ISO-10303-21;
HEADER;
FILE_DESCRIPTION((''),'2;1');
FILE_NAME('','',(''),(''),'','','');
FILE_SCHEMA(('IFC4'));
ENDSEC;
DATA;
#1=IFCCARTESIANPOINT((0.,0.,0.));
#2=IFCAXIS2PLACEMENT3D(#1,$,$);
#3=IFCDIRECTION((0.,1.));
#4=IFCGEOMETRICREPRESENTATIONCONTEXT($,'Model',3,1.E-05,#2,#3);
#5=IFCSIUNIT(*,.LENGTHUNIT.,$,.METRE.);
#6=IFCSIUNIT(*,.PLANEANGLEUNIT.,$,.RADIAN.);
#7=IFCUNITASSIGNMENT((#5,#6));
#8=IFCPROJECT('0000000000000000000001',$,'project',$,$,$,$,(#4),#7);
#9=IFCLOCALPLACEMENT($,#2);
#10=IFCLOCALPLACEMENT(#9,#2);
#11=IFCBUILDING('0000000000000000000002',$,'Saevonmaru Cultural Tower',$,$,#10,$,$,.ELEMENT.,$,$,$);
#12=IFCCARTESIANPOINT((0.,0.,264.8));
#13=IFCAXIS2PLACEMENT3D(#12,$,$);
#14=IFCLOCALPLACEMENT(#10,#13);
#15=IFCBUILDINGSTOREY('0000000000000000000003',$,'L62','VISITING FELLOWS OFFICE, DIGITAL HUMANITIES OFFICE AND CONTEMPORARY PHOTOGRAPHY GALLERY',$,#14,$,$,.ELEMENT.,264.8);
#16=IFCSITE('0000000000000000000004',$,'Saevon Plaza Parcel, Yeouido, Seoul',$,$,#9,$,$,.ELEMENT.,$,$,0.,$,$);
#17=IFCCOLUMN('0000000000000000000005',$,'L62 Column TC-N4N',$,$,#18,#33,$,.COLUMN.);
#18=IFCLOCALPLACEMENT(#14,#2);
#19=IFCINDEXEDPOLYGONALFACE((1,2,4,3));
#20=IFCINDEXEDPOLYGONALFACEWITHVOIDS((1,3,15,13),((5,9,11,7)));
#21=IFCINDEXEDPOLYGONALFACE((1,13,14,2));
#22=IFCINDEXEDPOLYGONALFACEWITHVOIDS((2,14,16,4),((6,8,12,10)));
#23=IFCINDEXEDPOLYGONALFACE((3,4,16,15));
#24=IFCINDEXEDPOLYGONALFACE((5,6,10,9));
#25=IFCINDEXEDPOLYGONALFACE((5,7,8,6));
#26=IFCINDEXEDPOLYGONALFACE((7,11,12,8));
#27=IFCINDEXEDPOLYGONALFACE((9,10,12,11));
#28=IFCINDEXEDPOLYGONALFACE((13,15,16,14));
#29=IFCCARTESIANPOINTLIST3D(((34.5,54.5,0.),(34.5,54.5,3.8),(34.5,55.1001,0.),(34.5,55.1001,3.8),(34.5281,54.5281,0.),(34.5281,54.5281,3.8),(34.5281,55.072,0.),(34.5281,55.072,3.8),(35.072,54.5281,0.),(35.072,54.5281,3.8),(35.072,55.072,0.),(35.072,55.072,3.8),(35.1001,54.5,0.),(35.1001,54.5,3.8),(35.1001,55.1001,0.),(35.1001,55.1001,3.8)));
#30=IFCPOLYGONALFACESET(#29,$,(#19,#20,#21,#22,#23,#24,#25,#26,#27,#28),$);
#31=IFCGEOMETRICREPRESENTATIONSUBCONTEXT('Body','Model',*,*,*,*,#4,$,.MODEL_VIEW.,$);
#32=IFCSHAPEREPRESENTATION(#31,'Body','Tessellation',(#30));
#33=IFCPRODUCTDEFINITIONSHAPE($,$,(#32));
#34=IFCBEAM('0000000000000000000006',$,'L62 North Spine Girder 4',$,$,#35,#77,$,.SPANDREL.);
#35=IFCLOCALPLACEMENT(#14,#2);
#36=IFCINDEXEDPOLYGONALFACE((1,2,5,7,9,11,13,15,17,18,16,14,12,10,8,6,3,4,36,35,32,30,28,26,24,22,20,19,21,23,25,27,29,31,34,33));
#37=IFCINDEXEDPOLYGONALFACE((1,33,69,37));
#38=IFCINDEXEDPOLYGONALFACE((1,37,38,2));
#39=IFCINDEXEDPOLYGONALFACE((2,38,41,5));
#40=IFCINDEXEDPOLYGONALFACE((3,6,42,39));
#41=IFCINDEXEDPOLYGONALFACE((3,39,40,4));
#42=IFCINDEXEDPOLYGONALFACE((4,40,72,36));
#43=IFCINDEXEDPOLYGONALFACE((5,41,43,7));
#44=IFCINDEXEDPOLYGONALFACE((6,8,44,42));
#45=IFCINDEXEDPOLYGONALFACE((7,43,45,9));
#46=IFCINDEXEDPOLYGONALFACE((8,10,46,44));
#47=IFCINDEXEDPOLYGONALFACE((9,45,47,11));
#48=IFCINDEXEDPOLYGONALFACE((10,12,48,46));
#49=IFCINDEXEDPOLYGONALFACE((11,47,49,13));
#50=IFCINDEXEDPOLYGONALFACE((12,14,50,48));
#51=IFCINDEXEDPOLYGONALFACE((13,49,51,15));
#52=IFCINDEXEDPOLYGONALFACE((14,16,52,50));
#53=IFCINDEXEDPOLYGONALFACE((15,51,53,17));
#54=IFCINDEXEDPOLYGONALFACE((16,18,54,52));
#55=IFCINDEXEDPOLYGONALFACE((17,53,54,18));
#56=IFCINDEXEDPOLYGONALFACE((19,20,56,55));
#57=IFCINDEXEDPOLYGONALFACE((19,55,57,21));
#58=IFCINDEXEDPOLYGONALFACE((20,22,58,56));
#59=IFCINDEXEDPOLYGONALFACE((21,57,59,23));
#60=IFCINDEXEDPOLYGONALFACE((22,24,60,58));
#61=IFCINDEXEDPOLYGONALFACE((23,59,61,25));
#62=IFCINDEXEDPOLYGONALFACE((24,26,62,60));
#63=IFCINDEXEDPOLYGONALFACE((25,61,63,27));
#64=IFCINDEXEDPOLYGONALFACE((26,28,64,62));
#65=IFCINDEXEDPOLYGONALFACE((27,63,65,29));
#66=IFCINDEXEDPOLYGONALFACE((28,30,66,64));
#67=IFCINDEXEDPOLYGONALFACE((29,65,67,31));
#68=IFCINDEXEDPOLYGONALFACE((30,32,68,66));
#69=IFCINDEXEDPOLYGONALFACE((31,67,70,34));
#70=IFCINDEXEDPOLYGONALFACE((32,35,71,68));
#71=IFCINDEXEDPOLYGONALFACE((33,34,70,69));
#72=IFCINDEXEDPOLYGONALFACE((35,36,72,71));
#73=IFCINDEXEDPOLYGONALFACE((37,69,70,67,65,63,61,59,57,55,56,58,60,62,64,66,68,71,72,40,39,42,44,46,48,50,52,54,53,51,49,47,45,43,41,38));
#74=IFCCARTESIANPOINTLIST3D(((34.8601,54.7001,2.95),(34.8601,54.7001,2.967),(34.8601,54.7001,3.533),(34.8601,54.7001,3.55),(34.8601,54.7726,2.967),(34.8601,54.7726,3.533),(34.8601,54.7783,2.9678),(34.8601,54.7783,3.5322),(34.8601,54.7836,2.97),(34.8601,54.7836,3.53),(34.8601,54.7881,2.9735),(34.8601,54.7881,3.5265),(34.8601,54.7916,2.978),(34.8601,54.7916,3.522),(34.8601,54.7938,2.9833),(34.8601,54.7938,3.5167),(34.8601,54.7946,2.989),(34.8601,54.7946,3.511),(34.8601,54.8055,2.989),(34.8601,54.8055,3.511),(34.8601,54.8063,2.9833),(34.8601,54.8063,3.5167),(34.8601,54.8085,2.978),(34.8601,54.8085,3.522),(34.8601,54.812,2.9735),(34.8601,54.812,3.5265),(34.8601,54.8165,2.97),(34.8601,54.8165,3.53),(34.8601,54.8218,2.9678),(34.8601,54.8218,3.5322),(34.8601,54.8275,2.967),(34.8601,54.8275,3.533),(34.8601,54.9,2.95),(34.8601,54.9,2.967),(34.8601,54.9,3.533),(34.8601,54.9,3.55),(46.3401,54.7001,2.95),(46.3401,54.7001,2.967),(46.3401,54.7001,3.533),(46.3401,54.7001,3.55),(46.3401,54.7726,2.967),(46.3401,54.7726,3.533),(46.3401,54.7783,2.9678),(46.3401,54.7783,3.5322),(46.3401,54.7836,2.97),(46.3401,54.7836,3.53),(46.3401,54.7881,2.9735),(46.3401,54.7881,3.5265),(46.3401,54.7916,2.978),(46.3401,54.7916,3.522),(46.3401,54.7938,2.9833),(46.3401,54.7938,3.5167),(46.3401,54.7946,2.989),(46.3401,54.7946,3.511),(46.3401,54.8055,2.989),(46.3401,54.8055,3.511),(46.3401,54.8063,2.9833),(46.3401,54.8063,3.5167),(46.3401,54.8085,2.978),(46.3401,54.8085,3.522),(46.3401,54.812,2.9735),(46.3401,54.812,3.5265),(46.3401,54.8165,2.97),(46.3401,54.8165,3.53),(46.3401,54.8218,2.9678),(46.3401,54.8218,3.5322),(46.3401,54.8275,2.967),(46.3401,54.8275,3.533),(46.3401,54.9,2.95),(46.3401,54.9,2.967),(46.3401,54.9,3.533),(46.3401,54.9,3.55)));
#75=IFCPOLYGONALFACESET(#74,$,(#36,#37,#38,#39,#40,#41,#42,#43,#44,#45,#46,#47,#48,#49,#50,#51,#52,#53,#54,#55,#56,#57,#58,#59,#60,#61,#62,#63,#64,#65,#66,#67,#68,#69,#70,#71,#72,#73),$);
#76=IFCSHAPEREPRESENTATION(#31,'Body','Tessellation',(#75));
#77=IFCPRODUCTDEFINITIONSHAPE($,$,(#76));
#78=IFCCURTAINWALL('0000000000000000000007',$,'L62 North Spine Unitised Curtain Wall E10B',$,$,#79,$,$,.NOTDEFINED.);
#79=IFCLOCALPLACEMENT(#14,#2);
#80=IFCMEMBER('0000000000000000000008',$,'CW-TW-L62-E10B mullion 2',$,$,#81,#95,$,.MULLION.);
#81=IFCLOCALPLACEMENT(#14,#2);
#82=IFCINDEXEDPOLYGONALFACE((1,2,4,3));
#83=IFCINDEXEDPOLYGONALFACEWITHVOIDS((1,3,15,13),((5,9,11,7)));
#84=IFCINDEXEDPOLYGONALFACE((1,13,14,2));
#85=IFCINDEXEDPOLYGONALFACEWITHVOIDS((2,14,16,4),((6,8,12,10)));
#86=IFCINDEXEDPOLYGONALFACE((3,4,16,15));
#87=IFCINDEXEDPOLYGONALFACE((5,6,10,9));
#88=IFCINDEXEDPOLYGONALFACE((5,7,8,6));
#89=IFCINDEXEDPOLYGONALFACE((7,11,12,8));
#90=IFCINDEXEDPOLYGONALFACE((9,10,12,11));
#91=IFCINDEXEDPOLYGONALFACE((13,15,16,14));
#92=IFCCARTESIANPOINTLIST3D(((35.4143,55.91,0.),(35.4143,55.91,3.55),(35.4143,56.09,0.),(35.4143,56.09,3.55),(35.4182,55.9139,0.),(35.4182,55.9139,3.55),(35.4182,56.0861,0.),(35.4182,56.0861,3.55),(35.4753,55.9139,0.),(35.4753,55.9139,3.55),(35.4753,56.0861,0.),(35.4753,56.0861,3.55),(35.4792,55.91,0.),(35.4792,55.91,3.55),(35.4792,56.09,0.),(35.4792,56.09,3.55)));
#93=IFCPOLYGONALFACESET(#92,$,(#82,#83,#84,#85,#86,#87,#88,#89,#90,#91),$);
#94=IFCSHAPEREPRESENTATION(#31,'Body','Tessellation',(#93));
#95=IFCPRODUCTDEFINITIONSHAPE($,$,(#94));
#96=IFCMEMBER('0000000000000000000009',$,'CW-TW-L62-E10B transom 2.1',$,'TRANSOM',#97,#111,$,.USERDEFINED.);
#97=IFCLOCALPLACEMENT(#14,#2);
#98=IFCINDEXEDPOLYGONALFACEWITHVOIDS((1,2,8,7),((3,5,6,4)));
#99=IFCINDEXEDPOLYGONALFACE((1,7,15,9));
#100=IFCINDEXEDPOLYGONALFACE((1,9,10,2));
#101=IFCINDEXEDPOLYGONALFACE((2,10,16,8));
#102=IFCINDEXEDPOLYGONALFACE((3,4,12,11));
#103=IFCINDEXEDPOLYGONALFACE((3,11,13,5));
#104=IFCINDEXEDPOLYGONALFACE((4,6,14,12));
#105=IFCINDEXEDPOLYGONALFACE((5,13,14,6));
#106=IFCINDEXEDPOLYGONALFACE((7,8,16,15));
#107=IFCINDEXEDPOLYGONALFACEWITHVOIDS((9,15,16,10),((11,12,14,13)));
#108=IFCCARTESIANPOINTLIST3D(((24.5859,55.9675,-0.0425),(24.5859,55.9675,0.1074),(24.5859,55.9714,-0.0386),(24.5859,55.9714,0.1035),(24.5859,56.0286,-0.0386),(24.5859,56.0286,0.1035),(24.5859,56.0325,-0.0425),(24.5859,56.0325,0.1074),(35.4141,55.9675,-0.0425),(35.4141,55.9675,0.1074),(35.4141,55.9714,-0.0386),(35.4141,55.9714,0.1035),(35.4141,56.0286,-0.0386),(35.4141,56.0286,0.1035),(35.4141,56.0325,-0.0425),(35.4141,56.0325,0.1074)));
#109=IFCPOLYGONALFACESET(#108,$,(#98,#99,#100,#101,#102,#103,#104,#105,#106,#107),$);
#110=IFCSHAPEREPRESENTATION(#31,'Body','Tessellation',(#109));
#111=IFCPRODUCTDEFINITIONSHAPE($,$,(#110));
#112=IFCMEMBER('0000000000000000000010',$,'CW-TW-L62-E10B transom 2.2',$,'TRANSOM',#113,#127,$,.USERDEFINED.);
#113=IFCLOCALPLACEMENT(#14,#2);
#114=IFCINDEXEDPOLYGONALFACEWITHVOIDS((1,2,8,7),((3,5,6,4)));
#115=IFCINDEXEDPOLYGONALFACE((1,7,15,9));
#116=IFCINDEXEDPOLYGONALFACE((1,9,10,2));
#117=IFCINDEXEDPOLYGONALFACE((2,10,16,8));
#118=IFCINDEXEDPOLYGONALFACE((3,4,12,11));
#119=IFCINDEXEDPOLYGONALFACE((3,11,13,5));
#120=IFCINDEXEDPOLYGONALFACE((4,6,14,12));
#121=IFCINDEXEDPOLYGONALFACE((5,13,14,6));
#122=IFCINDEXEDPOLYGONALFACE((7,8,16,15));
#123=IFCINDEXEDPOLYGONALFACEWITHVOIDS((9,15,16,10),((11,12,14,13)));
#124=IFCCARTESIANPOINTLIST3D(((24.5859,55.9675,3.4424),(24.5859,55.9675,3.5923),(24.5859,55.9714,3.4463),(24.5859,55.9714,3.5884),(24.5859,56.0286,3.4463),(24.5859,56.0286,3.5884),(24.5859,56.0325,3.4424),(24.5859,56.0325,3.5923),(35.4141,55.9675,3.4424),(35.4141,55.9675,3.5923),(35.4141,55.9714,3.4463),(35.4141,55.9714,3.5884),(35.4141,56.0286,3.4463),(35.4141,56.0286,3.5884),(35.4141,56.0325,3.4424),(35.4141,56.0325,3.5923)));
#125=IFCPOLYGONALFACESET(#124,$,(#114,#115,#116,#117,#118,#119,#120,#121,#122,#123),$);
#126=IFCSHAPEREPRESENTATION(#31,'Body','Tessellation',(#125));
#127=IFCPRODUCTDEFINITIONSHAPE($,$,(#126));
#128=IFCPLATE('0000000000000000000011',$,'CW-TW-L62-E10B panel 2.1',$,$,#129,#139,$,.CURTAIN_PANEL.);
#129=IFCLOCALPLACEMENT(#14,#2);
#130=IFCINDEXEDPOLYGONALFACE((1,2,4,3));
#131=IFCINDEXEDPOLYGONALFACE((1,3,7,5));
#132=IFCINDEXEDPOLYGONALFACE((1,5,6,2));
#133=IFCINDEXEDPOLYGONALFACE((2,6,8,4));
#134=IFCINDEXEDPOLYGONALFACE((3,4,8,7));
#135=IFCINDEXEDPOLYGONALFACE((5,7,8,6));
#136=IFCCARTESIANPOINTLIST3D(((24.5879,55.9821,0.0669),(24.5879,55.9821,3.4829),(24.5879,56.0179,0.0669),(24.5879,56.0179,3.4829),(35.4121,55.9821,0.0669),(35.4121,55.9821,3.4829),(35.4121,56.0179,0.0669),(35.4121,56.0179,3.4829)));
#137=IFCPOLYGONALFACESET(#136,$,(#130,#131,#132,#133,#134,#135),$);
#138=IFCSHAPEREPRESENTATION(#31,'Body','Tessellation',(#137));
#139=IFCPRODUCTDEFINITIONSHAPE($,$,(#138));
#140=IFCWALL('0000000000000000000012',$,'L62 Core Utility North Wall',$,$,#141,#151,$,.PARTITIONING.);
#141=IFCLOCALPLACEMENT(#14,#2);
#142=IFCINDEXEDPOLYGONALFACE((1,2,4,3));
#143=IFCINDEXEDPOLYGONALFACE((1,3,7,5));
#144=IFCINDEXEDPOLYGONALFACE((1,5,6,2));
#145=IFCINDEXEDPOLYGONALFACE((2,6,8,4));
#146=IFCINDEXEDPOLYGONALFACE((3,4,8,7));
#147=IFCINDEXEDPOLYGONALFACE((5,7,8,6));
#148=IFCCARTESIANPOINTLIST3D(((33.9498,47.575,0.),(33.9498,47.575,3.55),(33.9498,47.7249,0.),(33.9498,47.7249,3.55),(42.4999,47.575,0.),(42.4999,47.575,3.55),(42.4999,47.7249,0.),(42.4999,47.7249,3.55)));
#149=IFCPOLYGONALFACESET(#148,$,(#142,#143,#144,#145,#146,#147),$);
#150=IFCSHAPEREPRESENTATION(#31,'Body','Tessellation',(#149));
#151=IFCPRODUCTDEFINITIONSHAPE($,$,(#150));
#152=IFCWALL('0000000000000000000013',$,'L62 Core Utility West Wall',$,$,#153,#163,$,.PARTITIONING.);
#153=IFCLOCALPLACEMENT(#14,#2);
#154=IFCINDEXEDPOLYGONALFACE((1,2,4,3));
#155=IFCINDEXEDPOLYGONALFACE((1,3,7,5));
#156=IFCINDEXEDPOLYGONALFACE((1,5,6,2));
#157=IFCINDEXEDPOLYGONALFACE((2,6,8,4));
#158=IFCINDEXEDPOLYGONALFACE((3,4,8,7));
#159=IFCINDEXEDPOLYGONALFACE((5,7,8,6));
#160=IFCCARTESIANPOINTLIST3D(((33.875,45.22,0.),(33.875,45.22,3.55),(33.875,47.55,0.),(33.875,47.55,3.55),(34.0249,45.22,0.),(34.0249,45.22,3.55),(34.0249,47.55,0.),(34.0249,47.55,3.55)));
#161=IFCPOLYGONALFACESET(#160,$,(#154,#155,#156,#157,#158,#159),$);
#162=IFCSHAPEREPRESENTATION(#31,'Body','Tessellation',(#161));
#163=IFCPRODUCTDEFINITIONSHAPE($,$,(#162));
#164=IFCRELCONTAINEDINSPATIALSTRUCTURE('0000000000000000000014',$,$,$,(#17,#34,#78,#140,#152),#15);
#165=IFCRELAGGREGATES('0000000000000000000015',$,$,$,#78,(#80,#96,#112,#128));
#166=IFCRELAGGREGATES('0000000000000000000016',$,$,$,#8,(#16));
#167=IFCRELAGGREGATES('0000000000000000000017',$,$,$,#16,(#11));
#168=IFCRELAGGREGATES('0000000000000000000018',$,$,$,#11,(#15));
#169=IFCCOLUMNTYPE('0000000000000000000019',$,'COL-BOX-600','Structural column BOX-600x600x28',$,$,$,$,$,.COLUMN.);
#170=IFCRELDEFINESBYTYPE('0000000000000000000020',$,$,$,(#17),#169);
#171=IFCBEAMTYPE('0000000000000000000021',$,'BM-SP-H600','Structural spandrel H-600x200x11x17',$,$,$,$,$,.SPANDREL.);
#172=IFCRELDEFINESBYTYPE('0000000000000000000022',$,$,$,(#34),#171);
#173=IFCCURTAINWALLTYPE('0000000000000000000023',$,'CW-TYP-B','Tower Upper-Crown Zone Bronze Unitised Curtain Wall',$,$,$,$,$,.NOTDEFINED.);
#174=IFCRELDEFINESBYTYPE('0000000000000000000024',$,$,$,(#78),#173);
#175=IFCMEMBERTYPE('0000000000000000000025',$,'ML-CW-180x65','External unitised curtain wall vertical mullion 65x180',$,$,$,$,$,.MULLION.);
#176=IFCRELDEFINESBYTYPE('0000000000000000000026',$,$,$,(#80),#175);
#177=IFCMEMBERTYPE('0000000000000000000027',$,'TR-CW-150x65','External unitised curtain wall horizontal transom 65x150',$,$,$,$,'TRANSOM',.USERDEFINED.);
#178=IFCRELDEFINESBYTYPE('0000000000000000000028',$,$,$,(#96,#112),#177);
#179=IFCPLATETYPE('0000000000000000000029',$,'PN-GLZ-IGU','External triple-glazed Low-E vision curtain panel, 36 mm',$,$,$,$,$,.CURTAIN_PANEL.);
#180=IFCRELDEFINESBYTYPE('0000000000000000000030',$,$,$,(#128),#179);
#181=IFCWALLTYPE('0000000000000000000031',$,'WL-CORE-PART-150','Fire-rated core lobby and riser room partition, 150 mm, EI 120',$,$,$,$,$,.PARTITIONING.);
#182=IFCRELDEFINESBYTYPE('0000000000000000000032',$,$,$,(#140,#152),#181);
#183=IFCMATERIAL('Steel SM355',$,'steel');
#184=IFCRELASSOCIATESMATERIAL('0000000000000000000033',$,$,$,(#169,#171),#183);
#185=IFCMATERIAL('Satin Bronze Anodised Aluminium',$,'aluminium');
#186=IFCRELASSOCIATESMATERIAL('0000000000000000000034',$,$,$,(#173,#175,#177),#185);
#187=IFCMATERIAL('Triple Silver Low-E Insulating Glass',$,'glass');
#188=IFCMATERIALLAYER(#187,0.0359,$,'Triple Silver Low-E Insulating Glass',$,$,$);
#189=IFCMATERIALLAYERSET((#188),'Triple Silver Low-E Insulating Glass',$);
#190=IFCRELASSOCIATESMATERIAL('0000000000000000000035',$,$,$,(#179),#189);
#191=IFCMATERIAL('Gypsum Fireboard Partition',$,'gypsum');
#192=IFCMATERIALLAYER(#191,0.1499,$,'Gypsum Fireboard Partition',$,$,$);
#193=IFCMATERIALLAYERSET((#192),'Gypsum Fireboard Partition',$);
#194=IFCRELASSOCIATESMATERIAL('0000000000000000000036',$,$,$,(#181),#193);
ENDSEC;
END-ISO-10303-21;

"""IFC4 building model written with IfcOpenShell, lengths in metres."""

from ifc_helpers import new_model, si_unit, direction, frame, frame_2d, origin, origin_2d, place, context, subcontext, project, spatial, rectangle, hollow_rectangle, i_section, extrude, material, layer, layer_set, material_profile, profile_set, type_object, element, aggregate, save


model = new_model("IFC4")

# Units and contexts
model_context = context("Model", 3, precision=1e-05, world=origin(), true_north=direction((0.0, 1.0)))
body_context = subcontext(model_context, "Body", "Model", "MODEL_VIEW")
ifc_project = project(units=[si_unit("LENGTHUNIT", "METRE"), si_unit("PLANEANGLEUNIT", "RADIAN")], contexts=[model_context])

# Site, building, storey
site_placement = place(None, origin())
site = spatial("IfcSite", under=ifc_project, at=site_placement, Name="Saevon Plaza Parcel, Yeouido, Seoul", CompositionType="ELEMENT", RefElevation=0.0)
building_placement = place(site_placement, origin())
building = spatial("IfcBuilding", under=site, at=building_placement, Name="Saevonmaru Cultural Tower", CompositionType="ELEMENT")
storey_placement = place(building_placement, frame((0.0, 0.0, 264.8)))
storey = spatial("IfcBuildingStorey", under=building, at=storey_placement, Name="L62", Description="VISITING FELLOWS OFFICE, DIGITAL HUMANITIES OFFICE AND CONTEMPORARY PHOTOGRAPHY GALLERY", CompositionType="ELEMENT", Elevation=264.8)

# Column
ifc_material_1 = material(Name="Steel SM355", Category="steel")
ifc_material_profile_1 = material_profile(ifc_material_1, hollow_rectangle(XDim=0.6001, YDim=0.6001, WallThickness=0.0281, at=origin_2d()), Name="BOX-600x600x28")
ifc_profile_set_1 = profile_set([ifc_material_profile_1], Name="Steel SM355")
column_type = type_object("IfcColumnType", Name="COL-BOX-600", Description="Structural column BOX-600x600x28", PredefinedType="COLUMN", material=ifc_profile_set_1)
column_placement = place(storey_placement, frame((34.8, 54.8, 0.0), z_axis=(0.0, 0.0, 1.0), x_axis=(1.0, 0.0, 0.0)))
element("IfcColumn", 1, at=column_placement, inside=storey, type_object=column_type, Name="L62 Column TC-N4N", PredefinedType="COLUMN", context=body_context, shape_type="SweptSolid", body=[
    extrude(hollow_rectangle(XDim=0.6001, YDim=0.6001, WallThickness=0.0281, at=origin_2d()), origin(), (0.0, 0.0, 1.0), 3.8),
])

# Beam
ifc_material_profile_2 = material_profile(ifc_material_1, i_section(OverallWidth=0.2, OverallDepth=0.6001, WebThickness=0.011, FlangeThickness=0.0171, FilletRadius=0.022, at=origin_2d()), Name="H-600x200x11x17")
ifc_profile_set_2 = profile_set([ifc_material_profile_2], Name="Steel SM355")
beam_type = type_object("IfcBeamType", Name="BM-SP-H600", Description="Structural spandrel H-600x200x11x17", PredefinedType="SPANDREL", material=ifc_profile_set_2)
beam_placement = place(storey_placement, frame((34.8601, 54.8, 3.25), z_axis=(1.0, 0.0, 0.0), x_axis=(0.0, 1.0, 0.0)))
element("IfcBeam", 2, at=beam_placement, inside=storey, type_object=beam_type, Name="L62 North Spine Girder 4", PredefinedType="SPANDREL", context=body_context, shape_type="SweptSolid", body=[
    extrude(i_section(OverallWidth=0.2, OverallDepth=0.6001, WebThickness=0.011, FlangeThickness=0.0171, FilletRadius=0.022, at=origin_2d()), origin(), (0.0, 0.0, 1.0), 11.48),
])

# Curtain wall, members, plate
ifc_material_2 = material(Name="Satin Bronze Anodised Aluminium", Category="aluminium")
curtain_wall_type = type_object("IfcCurtainWallType", Name="CW-TYP-B", Description="Tower Upper-Crown Zone Bronze Unitised Curtain Wall", PredefinedType="NOTDEFINED", material=ifc_material_2)
curtain_wall_placement = place(storey_placement, origin())
curtain_wall = element("IfcCurtainWall", 3, at=curtain_wall_placement, inside=storey, type_object=curtain_wall_type, Name="L62 North Spine Unitised Curtain Wall E10B", PredefinedType="NOTDEFINED")
ifc_material_profile_3 = material_profile(ifc_material_2, hollow_rectangle(XDim=0.0649, YDim=0.1799, WallThickness=0.0039, at=origin_2d()), Name="ALU-MULL-180x65x4")
ifc_profile_set_3 = profile_set([ifc_material_profile_3], Name="Satin Bronze Anodised Aluminium")
member_type_1 = type_object("IfcMemberType", Name="ML-CW-180x65", Description="External unitised curtain wall vertical mullion 65x180", PredefinedType="MULLION", material=ifc_profile_set_3)
member_1_placement = place(storey_placement, frame((35.4468, 56.0, 0.0), z_axis=(0.0, 0.0, 1.0), x_axis=(-1.0, 0.0, 0.0)))
member_1 = element("IfcMember", 4, at=member_1_placement, type_object=member_type_1, Name="CW-TW-L62-E10B mullion 2", PredefinedType="MULLION", context=body_context, shape_type="SweptSolid", body=[
    extrude(hollow_rectangle(XDim=0.0649, YDim=0.1799, WallThickness=0.0039, at=origin_2d()), origin(), (0.0, 0.0, 1.0), 3.55),
])
ifc_material_profile_4 = material_profile(ifc_material_2, hollow_rectangle(XDim=0.0649, YDim=0.1499, WallThickness=0.0039, at=origin_2d()), Name="ALU-TRAN-150x65x4")
ifc_profile_set_4 = profile_set([ifc_material_profile_4], Name="Satin Bronze Anodised Aluminium")
member_type_2 = type_object("IfcMemberType", Name="TR-CW-150x65", Description="External unitised curtain wall horizontal transom 65x150", ElementType="TRANSOM", PredefinedType="USERDEFINED", material=ifc_profile_set_4)
member_2_placement = place(storey_placement, frame((35.4141, 56.0, 0.0325), z_axis=(-1.0, 0.0, 0.0), x_axis=(0.0, -1.0, 0.0)))
member_2 = element("IfcMember", 5, at=member_2_placement, type_object=member_type_2, Name="CW-TW-L62-E10B transom 2.1", ObjectType="TRANSOM", PredefinedType="USERDEFINED", context=body_context, shape_type="SweptSolid", body=[
    extrude(hollow_rectangle(XDim=0.0649, YDim=0.1499, WallThickness=0.0039, at=origin_2d()), origin(), (0.0, 0.0, 1.0), 10.8281),
])
member_3_placement = place(storey_placement, frame((35.4141, 56.0, 3.5173), z_axis=(-1.0, 0.0, 0.0), x_axis=(0.0, -1.0, 0.0)))
member_3 = element("IfcMember", 6, at=member_3_placement, type_object=member_type_2, Name="CW-TW-L62-E10B transom 2.2", ObjectType="TRANSOM", PredefinedType="USERDEFINED", context=body_context, shape_type="SweptSolid", body=[
    extrude(hollow_rectangle(XDim=0.0649, YDim=0.1499, WallThickness=0.0039, at=origin_2d()), origin(), (0.0, 0.0, 1.0), 10.8281),
])
ifc_material_3 = material(Name="Triple Silver Low-E Insulating Glass", Category="glass")
ifc_layer_1 = layer(ifc_material_3, 0.0359, Name="Triple Silver Low-E Insulating Glass")
ifc_layer_set_1 = layer_set([ifc_layer_1], Name="Triple Silver Low-E Insulating Glass")
plate_type = type_object("IfcPlateType", Name="PN-GLZ-IGU", Description="External triple-glazed Low-E vision curtain panel, 36 mm", PredefinedType="CURTAIN_PANEL", material=ifc_layer_set_1)
plate_placement = place(storey_placement, frame((30.0, 56.0, 0.0669), z_axis=(0.0, 0.0, 1.0), x_axis=(-1.0, 0.0, 0.0)))
plate = element("IfcPlate", 7, at=plate_placement, type_object=plate_type, Name="CW-TW-L62-E10B panel 2.1", PredefinedType="CURTAIN_PANEL", context=body_context, shape_type="SweptSolid", body=[
    extrude(rectangle(XDim=10.8242, YDim=0.0359, at=origin_2d()), origin(), (0.0, 0.0, 1.0), 3.416),
])
aggregate(curtain_wall, [member_1, member_2, member_3, plate])

# Shared definitions
ifc_material_4 = material(Name="Gypsum Fireboard Partition", Category="gypsum")
ifc_layer_2 = layer(ifc_material_4, 0.1499, Name="Gypsum Fireboard Partition")
ifc_layer_set_2 = layer_set([ifc_layer_2], Name="Gypsum Fireboard Partition")
wall_type_1 = type_object("IfcWallType", Name="WL-CORE-PART-150", Description="Fire-rated core lobby and riser room partition, 150 mm, EI 120", PredefinedType="PARTITIONING", material=ifc_layer_set_2)

# Walls
wall_1_placement = place(storey_placement, frame((33.95, 47.6499, 0.0), z_axis=(0.0, 0.0, 1.0), x_axis=(1.0, 0.0, 0.0)))
element("IfcWall", 8, at=wall_1_placement, inside=storey, type_object=wall_type_1, Name="L62 Core Utility North Wall", PredefinedType="PARTITIONING", context=body_context, shape_type="SweptSolid", body=[
    extrude(rectangle(XDim=8.55, YDim=0.1499, at=frame_2d((4.2749, 0.0))), origin(), (0.0, 0.0, 1.0), 3.55),
])
wall_2_placement = place(storey_placement, frame((33.95, 45.22, 0.0), z_axis=(0.0, 0.0, 1.0), x_axis=(0.0, 1.0, 0.0)))
element("IfcWall", 9, at=wall_2_placement, inside=storey, type_object=wall_type_1, Name="L62 Core Utility West Wall", PredefinedType="PARTITIONING", context=body_context, shape_type="SweptSolid", body=[
    extrude(rectangle(XDim=2.3301, YDim=0.1499, at=frame_2d((1.165, 0.0))), origin(), (0.0, 0.0, 1.0), 3.55),
])

save(model, "model.ifc")
